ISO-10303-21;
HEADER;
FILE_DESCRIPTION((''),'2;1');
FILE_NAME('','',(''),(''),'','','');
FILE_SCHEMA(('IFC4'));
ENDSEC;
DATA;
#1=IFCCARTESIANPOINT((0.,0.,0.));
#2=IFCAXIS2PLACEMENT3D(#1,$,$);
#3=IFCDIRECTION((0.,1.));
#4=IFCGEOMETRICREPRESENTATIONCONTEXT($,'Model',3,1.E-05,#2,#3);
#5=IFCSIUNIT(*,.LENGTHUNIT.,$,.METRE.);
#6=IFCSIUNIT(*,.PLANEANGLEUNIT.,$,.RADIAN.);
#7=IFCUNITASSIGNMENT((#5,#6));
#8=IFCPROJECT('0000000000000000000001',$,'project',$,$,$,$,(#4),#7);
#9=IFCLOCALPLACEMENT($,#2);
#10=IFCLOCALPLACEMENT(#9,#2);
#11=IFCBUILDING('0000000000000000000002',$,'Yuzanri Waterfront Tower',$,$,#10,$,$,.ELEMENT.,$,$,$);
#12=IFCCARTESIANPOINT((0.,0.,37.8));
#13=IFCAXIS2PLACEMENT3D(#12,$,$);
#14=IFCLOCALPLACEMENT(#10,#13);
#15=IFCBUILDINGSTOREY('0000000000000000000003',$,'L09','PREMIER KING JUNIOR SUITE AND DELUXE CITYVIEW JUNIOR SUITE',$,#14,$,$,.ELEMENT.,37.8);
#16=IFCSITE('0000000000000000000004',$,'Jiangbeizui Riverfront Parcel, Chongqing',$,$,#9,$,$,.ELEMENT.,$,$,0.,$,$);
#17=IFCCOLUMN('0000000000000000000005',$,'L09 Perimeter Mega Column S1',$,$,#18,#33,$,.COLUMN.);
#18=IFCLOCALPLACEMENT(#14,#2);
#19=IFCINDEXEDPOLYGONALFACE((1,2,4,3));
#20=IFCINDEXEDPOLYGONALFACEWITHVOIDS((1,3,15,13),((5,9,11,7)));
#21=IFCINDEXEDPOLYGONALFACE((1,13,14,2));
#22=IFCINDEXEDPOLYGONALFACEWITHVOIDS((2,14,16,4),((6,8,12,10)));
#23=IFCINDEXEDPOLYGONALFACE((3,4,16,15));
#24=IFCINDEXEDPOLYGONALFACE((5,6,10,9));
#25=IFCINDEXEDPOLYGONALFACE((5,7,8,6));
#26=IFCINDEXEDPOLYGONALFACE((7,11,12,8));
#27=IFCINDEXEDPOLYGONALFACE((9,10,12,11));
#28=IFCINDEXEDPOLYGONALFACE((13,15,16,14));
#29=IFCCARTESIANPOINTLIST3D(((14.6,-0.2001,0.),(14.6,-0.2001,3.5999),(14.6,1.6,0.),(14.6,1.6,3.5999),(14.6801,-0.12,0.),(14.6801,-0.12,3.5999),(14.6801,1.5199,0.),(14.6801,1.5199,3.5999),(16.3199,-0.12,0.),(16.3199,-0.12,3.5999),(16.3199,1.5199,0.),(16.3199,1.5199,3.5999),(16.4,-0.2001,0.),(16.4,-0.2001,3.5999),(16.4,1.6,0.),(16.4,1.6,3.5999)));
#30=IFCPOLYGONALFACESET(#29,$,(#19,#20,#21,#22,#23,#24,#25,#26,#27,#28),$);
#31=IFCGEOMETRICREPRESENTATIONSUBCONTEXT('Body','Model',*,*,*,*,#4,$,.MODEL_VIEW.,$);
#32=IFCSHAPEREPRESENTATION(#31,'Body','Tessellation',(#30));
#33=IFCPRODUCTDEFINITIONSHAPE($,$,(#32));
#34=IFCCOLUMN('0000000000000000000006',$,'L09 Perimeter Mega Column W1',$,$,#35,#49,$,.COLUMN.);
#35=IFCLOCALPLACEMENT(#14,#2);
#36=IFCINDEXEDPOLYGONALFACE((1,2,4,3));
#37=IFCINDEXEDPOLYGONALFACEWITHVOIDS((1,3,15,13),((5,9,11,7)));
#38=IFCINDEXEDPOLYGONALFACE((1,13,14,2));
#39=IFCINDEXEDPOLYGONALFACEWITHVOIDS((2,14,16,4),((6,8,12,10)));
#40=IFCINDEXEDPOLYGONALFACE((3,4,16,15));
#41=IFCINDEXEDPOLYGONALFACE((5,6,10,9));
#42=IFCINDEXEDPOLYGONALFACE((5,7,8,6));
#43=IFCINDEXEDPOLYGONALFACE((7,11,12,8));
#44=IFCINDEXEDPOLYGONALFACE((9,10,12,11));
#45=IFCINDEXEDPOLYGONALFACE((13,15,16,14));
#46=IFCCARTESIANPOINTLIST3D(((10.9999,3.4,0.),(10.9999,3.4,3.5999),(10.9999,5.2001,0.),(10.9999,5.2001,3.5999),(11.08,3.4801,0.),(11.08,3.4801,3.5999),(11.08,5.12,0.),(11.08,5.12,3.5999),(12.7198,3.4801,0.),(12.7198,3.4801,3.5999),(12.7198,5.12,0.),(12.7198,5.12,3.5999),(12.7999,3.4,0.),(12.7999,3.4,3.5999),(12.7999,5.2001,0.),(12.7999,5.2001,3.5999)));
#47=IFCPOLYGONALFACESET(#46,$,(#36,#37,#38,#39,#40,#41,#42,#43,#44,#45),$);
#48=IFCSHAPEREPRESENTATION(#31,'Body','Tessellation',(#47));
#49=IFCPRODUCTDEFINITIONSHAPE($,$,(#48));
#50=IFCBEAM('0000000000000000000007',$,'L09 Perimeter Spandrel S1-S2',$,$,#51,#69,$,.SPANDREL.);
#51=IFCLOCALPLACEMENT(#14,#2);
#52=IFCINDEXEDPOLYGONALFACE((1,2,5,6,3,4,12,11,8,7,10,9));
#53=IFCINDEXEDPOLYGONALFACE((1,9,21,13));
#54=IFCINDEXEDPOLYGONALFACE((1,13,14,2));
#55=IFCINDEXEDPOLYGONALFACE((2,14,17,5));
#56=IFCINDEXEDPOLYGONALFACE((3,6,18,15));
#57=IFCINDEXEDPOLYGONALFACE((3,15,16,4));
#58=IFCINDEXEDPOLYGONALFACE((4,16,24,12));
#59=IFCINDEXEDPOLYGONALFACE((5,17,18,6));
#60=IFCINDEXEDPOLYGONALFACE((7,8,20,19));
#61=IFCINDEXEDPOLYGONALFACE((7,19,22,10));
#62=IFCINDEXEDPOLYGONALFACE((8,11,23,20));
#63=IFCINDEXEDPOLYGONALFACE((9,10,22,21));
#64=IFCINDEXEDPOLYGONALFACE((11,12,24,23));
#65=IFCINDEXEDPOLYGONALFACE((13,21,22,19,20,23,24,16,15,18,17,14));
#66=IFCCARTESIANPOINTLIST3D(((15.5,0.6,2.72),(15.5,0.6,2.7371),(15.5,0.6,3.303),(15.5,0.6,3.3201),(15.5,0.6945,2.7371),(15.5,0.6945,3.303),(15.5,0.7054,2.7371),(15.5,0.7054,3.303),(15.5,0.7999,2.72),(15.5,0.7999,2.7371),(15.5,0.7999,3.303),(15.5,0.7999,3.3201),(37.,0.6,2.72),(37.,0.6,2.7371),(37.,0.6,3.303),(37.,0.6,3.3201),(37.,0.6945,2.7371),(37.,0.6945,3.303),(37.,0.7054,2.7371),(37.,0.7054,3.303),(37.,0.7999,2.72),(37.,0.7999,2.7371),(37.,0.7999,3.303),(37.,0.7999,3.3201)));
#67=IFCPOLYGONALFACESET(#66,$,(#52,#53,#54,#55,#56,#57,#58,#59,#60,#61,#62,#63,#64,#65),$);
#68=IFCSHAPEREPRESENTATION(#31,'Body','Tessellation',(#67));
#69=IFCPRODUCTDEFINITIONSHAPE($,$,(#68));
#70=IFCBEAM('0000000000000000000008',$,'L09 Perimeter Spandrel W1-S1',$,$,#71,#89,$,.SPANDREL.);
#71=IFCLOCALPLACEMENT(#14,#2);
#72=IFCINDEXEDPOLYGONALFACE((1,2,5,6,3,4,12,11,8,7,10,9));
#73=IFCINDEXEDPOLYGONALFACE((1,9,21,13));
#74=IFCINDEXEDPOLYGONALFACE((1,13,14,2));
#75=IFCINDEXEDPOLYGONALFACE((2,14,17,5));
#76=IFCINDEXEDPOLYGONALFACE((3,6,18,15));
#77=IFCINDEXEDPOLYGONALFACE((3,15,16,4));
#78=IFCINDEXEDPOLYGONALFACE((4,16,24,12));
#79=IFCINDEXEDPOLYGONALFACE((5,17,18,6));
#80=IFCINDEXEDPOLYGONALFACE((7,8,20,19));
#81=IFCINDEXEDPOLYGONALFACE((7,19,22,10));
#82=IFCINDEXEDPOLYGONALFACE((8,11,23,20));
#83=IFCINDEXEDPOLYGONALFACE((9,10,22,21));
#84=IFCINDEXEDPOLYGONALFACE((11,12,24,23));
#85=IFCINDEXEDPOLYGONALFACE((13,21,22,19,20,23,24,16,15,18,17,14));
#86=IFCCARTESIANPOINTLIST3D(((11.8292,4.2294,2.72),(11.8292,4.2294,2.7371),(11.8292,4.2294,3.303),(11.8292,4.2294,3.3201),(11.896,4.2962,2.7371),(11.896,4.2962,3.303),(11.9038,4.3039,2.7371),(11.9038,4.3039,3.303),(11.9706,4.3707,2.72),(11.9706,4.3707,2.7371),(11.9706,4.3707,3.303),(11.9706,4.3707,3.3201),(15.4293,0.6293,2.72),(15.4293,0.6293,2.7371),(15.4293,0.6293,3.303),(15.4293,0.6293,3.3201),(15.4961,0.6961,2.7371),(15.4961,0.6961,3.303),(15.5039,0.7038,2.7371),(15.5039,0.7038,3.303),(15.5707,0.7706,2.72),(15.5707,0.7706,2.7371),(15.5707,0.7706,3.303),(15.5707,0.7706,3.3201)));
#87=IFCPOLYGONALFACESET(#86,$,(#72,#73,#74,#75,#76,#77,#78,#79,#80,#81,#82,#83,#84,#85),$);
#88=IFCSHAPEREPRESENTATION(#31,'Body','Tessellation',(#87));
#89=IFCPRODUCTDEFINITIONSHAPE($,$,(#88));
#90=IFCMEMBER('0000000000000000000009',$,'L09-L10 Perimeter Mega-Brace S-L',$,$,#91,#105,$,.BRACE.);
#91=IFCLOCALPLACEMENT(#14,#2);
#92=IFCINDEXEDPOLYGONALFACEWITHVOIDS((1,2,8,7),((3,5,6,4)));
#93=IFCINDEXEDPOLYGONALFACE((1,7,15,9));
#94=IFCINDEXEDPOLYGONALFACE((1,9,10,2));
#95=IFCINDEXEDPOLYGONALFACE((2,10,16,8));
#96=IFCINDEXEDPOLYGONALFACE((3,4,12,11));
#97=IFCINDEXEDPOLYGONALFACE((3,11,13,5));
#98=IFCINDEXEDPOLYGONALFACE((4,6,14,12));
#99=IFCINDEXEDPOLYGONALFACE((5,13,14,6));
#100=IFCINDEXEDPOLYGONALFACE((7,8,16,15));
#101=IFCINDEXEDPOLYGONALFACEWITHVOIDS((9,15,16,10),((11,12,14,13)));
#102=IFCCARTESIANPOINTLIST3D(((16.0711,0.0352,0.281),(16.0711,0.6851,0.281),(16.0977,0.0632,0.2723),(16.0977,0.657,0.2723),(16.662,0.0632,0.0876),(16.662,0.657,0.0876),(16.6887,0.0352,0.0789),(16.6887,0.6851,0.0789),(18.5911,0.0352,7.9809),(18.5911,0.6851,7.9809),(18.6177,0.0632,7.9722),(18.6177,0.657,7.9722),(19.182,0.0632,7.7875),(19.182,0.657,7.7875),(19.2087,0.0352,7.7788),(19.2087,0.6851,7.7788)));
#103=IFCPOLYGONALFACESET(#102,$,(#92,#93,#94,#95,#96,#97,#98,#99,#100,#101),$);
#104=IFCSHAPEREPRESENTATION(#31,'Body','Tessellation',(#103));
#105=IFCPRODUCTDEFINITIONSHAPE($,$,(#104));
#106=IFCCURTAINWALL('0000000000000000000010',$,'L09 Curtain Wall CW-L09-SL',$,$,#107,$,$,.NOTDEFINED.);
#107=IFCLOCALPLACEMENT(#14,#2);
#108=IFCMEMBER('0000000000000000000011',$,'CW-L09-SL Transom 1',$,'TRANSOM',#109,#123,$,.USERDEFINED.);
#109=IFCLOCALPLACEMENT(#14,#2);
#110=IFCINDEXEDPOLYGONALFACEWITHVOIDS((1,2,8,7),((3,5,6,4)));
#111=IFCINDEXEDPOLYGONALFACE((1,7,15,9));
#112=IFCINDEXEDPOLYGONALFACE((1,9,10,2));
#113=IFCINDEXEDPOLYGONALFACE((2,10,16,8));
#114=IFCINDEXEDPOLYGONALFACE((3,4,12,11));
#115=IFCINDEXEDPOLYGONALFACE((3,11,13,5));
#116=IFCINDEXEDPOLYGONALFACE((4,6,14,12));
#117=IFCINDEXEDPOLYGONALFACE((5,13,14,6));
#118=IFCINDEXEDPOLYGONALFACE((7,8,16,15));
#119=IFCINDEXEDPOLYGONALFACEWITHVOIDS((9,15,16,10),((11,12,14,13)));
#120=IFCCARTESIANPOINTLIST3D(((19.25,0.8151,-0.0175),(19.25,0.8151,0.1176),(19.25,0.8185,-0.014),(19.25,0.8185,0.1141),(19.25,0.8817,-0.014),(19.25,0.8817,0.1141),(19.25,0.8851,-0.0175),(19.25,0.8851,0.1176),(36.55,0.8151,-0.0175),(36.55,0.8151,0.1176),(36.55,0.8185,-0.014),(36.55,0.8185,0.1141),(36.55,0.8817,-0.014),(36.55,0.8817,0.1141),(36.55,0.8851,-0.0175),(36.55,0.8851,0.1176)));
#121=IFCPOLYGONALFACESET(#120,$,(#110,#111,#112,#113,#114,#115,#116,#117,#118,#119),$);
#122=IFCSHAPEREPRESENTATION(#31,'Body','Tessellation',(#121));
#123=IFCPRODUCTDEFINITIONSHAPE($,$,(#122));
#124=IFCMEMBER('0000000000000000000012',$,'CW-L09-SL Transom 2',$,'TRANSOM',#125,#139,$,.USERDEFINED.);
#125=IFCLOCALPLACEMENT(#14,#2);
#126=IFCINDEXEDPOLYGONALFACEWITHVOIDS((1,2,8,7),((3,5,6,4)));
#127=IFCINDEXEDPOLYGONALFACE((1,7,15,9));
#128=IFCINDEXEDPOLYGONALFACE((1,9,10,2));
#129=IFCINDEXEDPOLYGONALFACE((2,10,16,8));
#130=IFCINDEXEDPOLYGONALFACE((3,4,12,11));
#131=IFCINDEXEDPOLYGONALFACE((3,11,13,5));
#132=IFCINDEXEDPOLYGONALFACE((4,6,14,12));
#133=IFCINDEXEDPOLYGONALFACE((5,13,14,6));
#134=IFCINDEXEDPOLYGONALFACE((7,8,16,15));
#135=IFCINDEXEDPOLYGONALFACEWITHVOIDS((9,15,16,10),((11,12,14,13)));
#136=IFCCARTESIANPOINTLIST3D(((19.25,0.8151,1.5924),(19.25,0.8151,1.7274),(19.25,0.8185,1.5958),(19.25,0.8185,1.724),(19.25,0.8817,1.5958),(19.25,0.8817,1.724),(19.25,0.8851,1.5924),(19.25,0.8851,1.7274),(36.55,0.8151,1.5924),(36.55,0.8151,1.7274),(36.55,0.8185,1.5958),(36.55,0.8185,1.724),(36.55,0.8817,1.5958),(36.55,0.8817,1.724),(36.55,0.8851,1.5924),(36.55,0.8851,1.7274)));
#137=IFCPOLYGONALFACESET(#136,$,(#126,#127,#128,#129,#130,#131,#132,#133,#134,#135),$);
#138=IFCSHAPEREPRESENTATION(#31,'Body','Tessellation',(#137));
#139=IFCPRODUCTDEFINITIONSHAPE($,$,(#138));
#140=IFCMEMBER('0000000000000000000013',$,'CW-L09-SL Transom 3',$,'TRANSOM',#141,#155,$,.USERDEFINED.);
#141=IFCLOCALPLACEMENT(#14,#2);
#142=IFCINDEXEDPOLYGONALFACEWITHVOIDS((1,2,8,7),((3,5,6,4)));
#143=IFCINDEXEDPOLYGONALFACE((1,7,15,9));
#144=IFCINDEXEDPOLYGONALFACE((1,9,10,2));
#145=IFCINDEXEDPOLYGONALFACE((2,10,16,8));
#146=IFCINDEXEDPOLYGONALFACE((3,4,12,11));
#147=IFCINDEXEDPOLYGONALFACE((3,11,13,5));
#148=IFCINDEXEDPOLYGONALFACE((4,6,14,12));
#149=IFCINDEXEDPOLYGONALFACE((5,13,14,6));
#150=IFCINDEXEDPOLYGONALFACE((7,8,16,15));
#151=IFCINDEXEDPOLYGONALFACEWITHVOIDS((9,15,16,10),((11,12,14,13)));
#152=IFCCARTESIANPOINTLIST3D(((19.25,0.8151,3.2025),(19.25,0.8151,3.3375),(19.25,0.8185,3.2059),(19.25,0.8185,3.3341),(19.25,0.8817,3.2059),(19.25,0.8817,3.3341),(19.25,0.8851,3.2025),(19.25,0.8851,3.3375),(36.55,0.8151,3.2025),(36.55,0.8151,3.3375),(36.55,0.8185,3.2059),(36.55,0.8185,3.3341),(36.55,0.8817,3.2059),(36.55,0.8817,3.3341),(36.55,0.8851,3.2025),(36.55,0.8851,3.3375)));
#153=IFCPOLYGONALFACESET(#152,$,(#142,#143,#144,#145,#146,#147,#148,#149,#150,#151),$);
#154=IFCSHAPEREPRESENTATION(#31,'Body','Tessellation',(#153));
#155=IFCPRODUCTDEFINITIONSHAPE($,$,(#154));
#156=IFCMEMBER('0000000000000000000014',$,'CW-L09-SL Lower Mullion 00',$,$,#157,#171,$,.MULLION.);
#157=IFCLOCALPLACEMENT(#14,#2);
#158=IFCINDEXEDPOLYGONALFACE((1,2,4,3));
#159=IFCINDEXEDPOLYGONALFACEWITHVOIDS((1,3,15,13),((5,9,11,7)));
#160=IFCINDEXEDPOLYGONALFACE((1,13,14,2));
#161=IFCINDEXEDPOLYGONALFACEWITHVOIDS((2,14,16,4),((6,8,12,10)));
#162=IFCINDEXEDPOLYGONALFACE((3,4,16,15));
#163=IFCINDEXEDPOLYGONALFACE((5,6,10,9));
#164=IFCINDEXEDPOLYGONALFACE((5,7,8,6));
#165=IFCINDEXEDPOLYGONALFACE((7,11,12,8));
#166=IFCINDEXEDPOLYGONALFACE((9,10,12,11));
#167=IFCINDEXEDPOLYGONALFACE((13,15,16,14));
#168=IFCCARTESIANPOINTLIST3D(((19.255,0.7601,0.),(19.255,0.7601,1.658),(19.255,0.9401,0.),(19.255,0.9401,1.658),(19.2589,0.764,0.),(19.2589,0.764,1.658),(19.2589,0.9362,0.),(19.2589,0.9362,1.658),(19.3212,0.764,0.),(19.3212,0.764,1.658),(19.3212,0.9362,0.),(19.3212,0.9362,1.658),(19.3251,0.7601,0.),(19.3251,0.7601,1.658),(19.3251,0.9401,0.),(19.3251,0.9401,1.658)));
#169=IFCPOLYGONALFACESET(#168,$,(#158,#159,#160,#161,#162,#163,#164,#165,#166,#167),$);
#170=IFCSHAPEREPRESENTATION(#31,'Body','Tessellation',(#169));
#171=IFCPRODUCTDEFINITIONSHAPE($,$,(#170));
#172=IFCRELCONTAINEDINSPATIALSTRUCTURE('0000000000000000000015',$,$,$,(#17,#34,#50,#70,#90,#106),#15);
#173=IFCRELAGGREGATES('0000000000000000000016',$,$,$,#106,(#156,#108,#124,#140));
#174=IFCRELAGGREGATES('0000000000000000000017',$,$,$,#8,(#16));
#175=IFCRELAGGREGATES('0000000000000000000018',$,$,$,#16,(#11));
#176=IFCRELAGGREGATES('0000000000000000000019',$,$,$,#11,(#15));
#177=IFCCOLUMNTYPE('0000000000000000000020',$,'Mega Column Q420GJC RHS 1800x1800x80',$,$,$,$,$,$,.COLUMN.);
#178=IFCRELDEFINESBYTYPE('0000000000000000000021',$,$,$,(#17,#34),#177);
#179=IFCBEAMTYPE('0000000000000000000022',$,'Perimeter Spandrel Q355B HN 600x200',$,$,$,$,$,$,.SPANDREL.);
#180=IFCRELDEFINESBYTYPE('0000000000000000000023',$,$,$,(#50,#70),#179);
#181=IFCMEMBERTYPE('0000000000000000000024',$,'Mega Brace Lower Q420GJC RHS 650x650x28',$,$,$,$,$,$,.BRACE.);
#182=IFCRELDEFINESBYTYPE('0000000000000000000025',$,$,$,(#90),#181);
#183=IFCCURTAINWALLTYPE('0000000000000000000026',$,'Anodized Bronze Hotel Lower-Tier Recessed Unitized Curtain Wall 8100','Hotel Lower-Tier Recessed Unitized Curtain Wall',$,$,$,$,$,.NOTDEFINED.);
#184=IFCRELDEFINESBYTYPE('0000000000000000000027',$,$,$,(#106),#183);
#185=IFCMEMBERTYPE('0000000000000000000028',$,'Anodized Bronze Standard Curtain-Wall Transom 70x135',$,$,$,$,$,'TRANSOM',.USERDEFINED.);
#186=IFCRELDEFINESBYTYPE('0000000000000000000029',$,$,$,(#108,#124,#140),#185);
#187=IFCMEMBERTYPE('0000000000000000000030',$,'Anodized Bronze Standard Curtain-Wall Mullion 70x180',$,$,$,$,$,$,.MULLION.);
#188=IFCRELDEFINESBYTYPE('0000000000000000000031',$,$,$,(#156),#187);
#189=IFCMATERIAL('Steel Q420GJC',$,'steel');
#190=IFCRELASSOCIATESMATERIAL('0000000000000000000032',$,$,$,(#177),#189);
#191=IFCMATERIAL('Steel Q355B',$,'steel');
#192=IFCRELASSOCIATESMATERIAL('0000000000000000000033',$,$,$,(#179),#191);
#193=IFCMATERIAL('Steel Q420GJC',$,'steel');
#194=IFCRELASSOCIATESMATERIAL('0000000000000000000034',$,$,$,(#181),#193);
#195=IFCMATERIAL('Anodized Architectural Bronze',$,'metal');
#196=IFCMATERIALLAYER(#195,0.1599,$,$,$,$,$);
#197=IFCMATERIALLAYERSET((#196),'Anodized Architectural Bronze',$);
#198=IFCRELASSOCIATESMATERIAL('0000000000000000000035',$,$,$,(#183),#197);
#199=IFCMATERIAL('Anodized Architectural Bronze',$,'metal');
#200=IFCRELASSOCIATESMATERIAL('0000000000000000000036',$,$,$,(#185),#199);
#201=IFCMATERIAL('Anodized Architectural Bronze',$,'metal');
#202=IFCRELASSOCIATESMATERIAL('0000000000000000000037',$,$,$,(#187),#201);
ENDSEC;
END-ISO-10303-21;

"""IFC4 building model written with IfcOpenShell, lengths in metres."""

from ifc_helpers import new_model, si_unit, direction, frame, origin, origin_2d, place, context, subcontext, project, spatial, hollow_rectangle, i_section, extrude, source, transform, mapped, material, layer, layer_set, material_profile, profile_set, type_object, element, aggregate, save


model = new_model("IFC4")

# Units and contexts
model_context = context("Model", 3, precision=1e-05, world=origin(), true_north=direction((0.0, 1.0)))
body_context = subcontext(model_context, "Body", "Model", "MODEL_VIEW")
ifc_project = project(units=[si_unit("LENGTHUNIT", "METRE"), si_unit("PLANEANGLEUNIT", "RADIAN")], contexts=[model_context])

# Site, building, storey
site_placement = place(None, origin())
site = spatial("IfcSite", under=ifc_project, at=site_placement, Name="Jiangbeizui Riverfront Parcel, Chongqing", CompositionType="ELEMENT", RefElevation=0.0)
building_placement = place(site_placement, origin())
building = spatial("IfcBuilding", under=site, at=building_placement, Name="Yuzanri Waterfront Tower", CompositionType="ELEMENT")
storey_placement = place(building_placement, frame((0.0, 0.0, 37.8)))
storey = spatial("IfcBuildingStorey", under=building, at=storey_placement, Name="L09", Description="PREMIER KING JUNIOR SUITE AND DELUXE CITYVIEW JUNIOR SUITE", CompositionType="ELEMENT", Elevation=37.8)

# Columns
ifc_material_1 = material(Name="Steel Q420GJC", Category="steel")
ifc_material_profile_1 = material_profile(ifc_material_1, hollow_rectangle(XDim=1.8, YDim=1.8, WallThickness=0.0801, at=origin_2d()), Name="RHS 1800x1800x80")
ifc_profile_set_1 = profile_set([ifc_material_profile_1], Name="Steel Q420GJC")
column_type = type_object("IfcColumnType", Name="Mega Column Q420GJC RHS 1800x1800x80", PredefinedType="COLUMN", material=ifc_profile_set_1)
shared_shape_1 = source(origin(), body_context, "Body", "SweptSolid", [
    extrude(hollow_rectangle(XDim=1.8, YDim=1.8, WallThickness=0.0801, at=origin_2d()), origin(), (0.0, 0.0, 1.0), 3.5999),
])
for number, where, z_axis, x_axis, name in (
    (1, (15.5, 0.7, 0.0), (0.0, 0.0, 1.0), (1.0, 0.0, 0.0), "L09 Perimeter Mega Column S1"),
    (2, (11.8999, 4.3, 0.0), (0.0, 0.0, 1.0), (1.0, 0.0, 0.0), "L09 Perimeter Mega Column W1"),
):
    element("IfcColumn", number, at=place(storey_placement, frame(where, z_axis=z_axis, x_axis=x_axis)), inside=storey, type_object=column_type, Name=name, PredefinedType="COLUMN", context=body_context, shape_type="MappedRepresentation", body=[
        mapped(shared_shape_1, transform((0.0, 0.0, 0.0), scale=1.0)),
    ])

# Beams
ifc_material_2 = material(Name="Steel Q355B", Category="steel")
ifc_material_profile_2 = material_profile(ifc_material_2, i_section(OverallWidth=0.2, OverallDepth=0.6001, WebThickness=0.011, FlangeThickness=0.0171, at=origin_2d()), Name="HN 600x200x11x17")
ifc_profile_set_2 = profile_set([ifc_material_profile_2], Name="Steel Q355B")
beam_type = type_object("IfcBeamType", Name="Perimeter Spandrel Q355B HN 600x200", PredefinedType="SPANDREL", material=ifc_profile_set_2)
shared_shape_2 = source(origin(), body_context, "Body", "SweptSolid", [
    extrude(i_section(OverallWidth=0.2, OverallDepth=0.6001, WebThickness=0.011, FlangeThickness=0.0171, at=origin_2d()), origin(), (0.0, 0.0, 1.0), 21.5),
])
beam_1_placement = place(storey_placement, frame((15.5, 0.7, 3.02), z_axis=(1.0, 0.0, 0.0), x_axis=(0.0, 1.0, 0.0)))
element("IfcBeam", 3, at=beam_1_placement, inside=storey, type_object=beam_type, Name="L09 Perimeter Spandrel S1-S2", PredefinedType="SPANDREL", context=body_context, shape_type="MappedRepresentation", body=[
    mapped(shared_shape_2, transform((0.0, 0.0, 0.0), scale=1.0)),
])
shared_shape_3 = source(origin(), body_context, "Body", "SweptSolid", [
    extrude(i_section(OverallWidth=0.2, OverallDepth=0.6001, WebThickness=0.011, FlangeThickness=0.0171, at=origin_2d()), origin(), (0.0, 0.0, 1.0), 5.0913),
])
beam_2_placement = place(storey_placement, frame((11.8999, 4.3, 3.02), z_axis=(0.707107, -0.707107, 0.0), x_axis=(0.707107, 0.707107, 0.0)))
element("IfcBeam", 4, at=beam_2_placement, inside=storey, type_object=beam_type, Name="L09 Perimeter Spandrel W1-S1", PredefinedType="SPANDREL", context=body_context, shape_type="MappedRepresentation", body=[
    mapped(shared_shape_3, transform((0.0, 0.0, 0.0), scale=1.0)),
])

# Member
ifc_material_3 = material(Name="Steel Q420GJC", Category="steel")
ifc_material_profile_3 = material_profile(ifc_material_3, hollow_rectangle(XDim=0.6499, YDim=0.6499, WallThickness=0.0281, at=origin_2d()), Name="RHS 650x650x28")
ifc_profile_set_3 = profile_set([ifc_material_profile_3], Name="Steel Q420GJC")
member_type_1 = type_object("IfcMemberType", Name="Mega Brace Lower Q420GJC RHS 650x650x28", PredefinedType="BRACE", material=ifc_profile_set_3)
shared_shape_4 = source(origin(), body_context, "Body", "SweptSolid", [
    extrude(hollow_rectangle(XDim=0.6499, YDim=0.6499, WallThickness=0.0281, at=origin_2d()), origin(), (0.0, 0.0, 1.0), 8.1018),
])
member_1_placement = place(storey_placement, frame((16.3799, 0.3601, 0.1799), z_axis=(0.311043, 0.0, 0.950396), x_axis=(0.0, 1.0, 0.0)))
element("IfcMember", 5, at=member_1_placement, inside=storey, type_object=member_type_1, Name="L09-L10 Perimeter Mega-Brace S-L", PredefinedType="BRACE", context=body_context, shape_type="MappedRepresentation", body=[
    mapped(shared_shape_4, transform((0.0, 0.0, 0.0), scale=1.0)),
])

# Curtain wall, members
ifc_material_4 = material(Name="Anodized Architectural Bronze", Category="metal")
ifc_layer_1 = layer(ifc_material_4, 0.1599)
ifc_layer_set_1 = layer_set([ifc_layer_1], Name="Anodized Architectural Bronze")
curtain_wall_type = type_object("IfcCurtainWallType", Name="Anodized Bronze Hotel Lower-Tier Recessed Unitized Curtain Wall 8100", Description="Hotel Lower-Tier Recessed Unitized Curtain Wall", PredefinedType="NOTDEFINED", material=ifc_layer_set_1)
curtain_wall_placement = place(storey_placement, origin())
curtain_wall = element("IfcCurtainWall", 6, at=curtain_wall_placement, inside=storey, type_object=curtain_wall_type, Name="L09 Curtain Wall CW-L09-SL", PredefinedType="NOTDEFINED")
ifc_material_5 = material(Name="Anodized Architectural Bronze", Category="metal")
ifc_material_profile_4 = material_profile(ifc_material_5, hollow_rectangle(XDim=0.0701, YDim=0.135, WallThickness=0.0034, at=origin_2d()), Name="CWT 70x135")
ifc_profile_set_4 = profile_set([ifc_material_profile_4], Name="Anodized Architectural Bronze")
member_type_2 = type_object("IfcMemberType", Name="Anodized Bronze Standard Curtain-Wall Transom 70x135", ElementType="TRANSOM", PredefinedType="USERDEFINED", material=ifc_profile_set_4)
shared_shape_5 = source(origin(), body_context, "Body", "SweptSolid", [
    extrude(hollow_rectangle(XDim=0.0701, YDim=0.135, WallThickness=0.0034, at=origin_2d()), origin(), (0.0, 0.0, 1.0), 17.3),
])
member_2_placement = place(storey_placement, frame((19.25, 0.8501, 0.05), z_axis=(1.0, 0.0, 0.0), x_axis=(0.0, 1.0, 0.0)))
member_2 = element("IfcMember", 7, at=member_2_placement, type_object=member_type_2, Name="CW-L09-SL Transom 1", ObjectType="TRANSOM", PredefinedType="USERDEFINED", context=body_context, shape_type="MappedRepresentation", body=[
    mapped(shared_shape_5, transform((0.0, 0.0, 0.0), scale=1.0)),
])
member_3_placement = place(storey_placement, frame((19.25, 0.8501, 1.6599), z_axis=(1.0, 0.0, 0.0), x_axis=(0.0, 1.0, 0.0)))
member_3 = element("IfcMember", 8, at=member_3_placement, type_object=member_type_2, Name="CW-L09-SL Transom 2", ObjectType="TRANSOM", PredefinedType="USERDEFINED", context=body_context, shape_type="MappedRepresentation", body=[
    mapped(shared_shape_5, transform((0.0, 0.0, 0.0), scale=1.0)),
])
member_4_placement = place(storey_placement, frame((19.25, 0.8501, 3.27), z_axis=(1.0, 0.0, 0.0), x_axis=(0.0, 1.0, 0.0)))
member_4 = element("IfcMember", 9, at=member_4_placement, type_object=member_type_2, Name="CW-L09-SL Transom 3", ObjectType="TRANSOM", PredefinedType="USERDEFINED", context=body_context, shape_type="MappedRepresentation", body=[
    mapped(shared_shape_5, transform((0.0, 0.0, 0.0), scale=1.0)),
])
ifc_material_6 = material(Name="Anodized Architectural Bronze", Category="metal")
ifc_material_profile_5 = material_profile(ifc_material_6, hollow_rectangle(XDim=0.0701, YDim=0.1799, WallThickness=0.0039, at=origin_2d()), Name="CWM 70x180")
ifc_profile_set_5 = profile_set([ifc_material_profile_5], Name="Anodized Architectural Bronze")
member_type_3 = type_object("IfcMemberType", Name="Anodized Bronze Standard Curtain-Wall Mullion 70x180", PredefinedType="MULLION", material=ifc_profile_set_5)
shared_shape_6 = source(origin(), body_context, "Body", "SweptSolid", [
    extrude(hollow_rectangle(XDim=0.0701, YDim=0.1799, WallThickness=0.0039, at=origin_2d()), origin(), (0.0, 0.0, 1.0), 1.658),
])
member_5_placement = place(storey_placement, frame((19.29, 0.8501, 0.0), z_axis=(0.0, 0.0, 1.0), x_axis=(1.0, 0.0, 0.0)))
member_5 = element("IfcMember", 10, at=member_5_placement, type_object=member_type_3, Name="CW-L09-SL Lower Mullion 00", PredefinedType="MULLION", context=body_context, shape_type="MappedRepresentation", body=[
    mapped(shared_shape_6, transform((0.0, 0.0, 0.0), scale=1.0)),
])
aggregate(curtain_wall, [member_5, member_2, member_3, member_4])

save(model, "model.ifc")
